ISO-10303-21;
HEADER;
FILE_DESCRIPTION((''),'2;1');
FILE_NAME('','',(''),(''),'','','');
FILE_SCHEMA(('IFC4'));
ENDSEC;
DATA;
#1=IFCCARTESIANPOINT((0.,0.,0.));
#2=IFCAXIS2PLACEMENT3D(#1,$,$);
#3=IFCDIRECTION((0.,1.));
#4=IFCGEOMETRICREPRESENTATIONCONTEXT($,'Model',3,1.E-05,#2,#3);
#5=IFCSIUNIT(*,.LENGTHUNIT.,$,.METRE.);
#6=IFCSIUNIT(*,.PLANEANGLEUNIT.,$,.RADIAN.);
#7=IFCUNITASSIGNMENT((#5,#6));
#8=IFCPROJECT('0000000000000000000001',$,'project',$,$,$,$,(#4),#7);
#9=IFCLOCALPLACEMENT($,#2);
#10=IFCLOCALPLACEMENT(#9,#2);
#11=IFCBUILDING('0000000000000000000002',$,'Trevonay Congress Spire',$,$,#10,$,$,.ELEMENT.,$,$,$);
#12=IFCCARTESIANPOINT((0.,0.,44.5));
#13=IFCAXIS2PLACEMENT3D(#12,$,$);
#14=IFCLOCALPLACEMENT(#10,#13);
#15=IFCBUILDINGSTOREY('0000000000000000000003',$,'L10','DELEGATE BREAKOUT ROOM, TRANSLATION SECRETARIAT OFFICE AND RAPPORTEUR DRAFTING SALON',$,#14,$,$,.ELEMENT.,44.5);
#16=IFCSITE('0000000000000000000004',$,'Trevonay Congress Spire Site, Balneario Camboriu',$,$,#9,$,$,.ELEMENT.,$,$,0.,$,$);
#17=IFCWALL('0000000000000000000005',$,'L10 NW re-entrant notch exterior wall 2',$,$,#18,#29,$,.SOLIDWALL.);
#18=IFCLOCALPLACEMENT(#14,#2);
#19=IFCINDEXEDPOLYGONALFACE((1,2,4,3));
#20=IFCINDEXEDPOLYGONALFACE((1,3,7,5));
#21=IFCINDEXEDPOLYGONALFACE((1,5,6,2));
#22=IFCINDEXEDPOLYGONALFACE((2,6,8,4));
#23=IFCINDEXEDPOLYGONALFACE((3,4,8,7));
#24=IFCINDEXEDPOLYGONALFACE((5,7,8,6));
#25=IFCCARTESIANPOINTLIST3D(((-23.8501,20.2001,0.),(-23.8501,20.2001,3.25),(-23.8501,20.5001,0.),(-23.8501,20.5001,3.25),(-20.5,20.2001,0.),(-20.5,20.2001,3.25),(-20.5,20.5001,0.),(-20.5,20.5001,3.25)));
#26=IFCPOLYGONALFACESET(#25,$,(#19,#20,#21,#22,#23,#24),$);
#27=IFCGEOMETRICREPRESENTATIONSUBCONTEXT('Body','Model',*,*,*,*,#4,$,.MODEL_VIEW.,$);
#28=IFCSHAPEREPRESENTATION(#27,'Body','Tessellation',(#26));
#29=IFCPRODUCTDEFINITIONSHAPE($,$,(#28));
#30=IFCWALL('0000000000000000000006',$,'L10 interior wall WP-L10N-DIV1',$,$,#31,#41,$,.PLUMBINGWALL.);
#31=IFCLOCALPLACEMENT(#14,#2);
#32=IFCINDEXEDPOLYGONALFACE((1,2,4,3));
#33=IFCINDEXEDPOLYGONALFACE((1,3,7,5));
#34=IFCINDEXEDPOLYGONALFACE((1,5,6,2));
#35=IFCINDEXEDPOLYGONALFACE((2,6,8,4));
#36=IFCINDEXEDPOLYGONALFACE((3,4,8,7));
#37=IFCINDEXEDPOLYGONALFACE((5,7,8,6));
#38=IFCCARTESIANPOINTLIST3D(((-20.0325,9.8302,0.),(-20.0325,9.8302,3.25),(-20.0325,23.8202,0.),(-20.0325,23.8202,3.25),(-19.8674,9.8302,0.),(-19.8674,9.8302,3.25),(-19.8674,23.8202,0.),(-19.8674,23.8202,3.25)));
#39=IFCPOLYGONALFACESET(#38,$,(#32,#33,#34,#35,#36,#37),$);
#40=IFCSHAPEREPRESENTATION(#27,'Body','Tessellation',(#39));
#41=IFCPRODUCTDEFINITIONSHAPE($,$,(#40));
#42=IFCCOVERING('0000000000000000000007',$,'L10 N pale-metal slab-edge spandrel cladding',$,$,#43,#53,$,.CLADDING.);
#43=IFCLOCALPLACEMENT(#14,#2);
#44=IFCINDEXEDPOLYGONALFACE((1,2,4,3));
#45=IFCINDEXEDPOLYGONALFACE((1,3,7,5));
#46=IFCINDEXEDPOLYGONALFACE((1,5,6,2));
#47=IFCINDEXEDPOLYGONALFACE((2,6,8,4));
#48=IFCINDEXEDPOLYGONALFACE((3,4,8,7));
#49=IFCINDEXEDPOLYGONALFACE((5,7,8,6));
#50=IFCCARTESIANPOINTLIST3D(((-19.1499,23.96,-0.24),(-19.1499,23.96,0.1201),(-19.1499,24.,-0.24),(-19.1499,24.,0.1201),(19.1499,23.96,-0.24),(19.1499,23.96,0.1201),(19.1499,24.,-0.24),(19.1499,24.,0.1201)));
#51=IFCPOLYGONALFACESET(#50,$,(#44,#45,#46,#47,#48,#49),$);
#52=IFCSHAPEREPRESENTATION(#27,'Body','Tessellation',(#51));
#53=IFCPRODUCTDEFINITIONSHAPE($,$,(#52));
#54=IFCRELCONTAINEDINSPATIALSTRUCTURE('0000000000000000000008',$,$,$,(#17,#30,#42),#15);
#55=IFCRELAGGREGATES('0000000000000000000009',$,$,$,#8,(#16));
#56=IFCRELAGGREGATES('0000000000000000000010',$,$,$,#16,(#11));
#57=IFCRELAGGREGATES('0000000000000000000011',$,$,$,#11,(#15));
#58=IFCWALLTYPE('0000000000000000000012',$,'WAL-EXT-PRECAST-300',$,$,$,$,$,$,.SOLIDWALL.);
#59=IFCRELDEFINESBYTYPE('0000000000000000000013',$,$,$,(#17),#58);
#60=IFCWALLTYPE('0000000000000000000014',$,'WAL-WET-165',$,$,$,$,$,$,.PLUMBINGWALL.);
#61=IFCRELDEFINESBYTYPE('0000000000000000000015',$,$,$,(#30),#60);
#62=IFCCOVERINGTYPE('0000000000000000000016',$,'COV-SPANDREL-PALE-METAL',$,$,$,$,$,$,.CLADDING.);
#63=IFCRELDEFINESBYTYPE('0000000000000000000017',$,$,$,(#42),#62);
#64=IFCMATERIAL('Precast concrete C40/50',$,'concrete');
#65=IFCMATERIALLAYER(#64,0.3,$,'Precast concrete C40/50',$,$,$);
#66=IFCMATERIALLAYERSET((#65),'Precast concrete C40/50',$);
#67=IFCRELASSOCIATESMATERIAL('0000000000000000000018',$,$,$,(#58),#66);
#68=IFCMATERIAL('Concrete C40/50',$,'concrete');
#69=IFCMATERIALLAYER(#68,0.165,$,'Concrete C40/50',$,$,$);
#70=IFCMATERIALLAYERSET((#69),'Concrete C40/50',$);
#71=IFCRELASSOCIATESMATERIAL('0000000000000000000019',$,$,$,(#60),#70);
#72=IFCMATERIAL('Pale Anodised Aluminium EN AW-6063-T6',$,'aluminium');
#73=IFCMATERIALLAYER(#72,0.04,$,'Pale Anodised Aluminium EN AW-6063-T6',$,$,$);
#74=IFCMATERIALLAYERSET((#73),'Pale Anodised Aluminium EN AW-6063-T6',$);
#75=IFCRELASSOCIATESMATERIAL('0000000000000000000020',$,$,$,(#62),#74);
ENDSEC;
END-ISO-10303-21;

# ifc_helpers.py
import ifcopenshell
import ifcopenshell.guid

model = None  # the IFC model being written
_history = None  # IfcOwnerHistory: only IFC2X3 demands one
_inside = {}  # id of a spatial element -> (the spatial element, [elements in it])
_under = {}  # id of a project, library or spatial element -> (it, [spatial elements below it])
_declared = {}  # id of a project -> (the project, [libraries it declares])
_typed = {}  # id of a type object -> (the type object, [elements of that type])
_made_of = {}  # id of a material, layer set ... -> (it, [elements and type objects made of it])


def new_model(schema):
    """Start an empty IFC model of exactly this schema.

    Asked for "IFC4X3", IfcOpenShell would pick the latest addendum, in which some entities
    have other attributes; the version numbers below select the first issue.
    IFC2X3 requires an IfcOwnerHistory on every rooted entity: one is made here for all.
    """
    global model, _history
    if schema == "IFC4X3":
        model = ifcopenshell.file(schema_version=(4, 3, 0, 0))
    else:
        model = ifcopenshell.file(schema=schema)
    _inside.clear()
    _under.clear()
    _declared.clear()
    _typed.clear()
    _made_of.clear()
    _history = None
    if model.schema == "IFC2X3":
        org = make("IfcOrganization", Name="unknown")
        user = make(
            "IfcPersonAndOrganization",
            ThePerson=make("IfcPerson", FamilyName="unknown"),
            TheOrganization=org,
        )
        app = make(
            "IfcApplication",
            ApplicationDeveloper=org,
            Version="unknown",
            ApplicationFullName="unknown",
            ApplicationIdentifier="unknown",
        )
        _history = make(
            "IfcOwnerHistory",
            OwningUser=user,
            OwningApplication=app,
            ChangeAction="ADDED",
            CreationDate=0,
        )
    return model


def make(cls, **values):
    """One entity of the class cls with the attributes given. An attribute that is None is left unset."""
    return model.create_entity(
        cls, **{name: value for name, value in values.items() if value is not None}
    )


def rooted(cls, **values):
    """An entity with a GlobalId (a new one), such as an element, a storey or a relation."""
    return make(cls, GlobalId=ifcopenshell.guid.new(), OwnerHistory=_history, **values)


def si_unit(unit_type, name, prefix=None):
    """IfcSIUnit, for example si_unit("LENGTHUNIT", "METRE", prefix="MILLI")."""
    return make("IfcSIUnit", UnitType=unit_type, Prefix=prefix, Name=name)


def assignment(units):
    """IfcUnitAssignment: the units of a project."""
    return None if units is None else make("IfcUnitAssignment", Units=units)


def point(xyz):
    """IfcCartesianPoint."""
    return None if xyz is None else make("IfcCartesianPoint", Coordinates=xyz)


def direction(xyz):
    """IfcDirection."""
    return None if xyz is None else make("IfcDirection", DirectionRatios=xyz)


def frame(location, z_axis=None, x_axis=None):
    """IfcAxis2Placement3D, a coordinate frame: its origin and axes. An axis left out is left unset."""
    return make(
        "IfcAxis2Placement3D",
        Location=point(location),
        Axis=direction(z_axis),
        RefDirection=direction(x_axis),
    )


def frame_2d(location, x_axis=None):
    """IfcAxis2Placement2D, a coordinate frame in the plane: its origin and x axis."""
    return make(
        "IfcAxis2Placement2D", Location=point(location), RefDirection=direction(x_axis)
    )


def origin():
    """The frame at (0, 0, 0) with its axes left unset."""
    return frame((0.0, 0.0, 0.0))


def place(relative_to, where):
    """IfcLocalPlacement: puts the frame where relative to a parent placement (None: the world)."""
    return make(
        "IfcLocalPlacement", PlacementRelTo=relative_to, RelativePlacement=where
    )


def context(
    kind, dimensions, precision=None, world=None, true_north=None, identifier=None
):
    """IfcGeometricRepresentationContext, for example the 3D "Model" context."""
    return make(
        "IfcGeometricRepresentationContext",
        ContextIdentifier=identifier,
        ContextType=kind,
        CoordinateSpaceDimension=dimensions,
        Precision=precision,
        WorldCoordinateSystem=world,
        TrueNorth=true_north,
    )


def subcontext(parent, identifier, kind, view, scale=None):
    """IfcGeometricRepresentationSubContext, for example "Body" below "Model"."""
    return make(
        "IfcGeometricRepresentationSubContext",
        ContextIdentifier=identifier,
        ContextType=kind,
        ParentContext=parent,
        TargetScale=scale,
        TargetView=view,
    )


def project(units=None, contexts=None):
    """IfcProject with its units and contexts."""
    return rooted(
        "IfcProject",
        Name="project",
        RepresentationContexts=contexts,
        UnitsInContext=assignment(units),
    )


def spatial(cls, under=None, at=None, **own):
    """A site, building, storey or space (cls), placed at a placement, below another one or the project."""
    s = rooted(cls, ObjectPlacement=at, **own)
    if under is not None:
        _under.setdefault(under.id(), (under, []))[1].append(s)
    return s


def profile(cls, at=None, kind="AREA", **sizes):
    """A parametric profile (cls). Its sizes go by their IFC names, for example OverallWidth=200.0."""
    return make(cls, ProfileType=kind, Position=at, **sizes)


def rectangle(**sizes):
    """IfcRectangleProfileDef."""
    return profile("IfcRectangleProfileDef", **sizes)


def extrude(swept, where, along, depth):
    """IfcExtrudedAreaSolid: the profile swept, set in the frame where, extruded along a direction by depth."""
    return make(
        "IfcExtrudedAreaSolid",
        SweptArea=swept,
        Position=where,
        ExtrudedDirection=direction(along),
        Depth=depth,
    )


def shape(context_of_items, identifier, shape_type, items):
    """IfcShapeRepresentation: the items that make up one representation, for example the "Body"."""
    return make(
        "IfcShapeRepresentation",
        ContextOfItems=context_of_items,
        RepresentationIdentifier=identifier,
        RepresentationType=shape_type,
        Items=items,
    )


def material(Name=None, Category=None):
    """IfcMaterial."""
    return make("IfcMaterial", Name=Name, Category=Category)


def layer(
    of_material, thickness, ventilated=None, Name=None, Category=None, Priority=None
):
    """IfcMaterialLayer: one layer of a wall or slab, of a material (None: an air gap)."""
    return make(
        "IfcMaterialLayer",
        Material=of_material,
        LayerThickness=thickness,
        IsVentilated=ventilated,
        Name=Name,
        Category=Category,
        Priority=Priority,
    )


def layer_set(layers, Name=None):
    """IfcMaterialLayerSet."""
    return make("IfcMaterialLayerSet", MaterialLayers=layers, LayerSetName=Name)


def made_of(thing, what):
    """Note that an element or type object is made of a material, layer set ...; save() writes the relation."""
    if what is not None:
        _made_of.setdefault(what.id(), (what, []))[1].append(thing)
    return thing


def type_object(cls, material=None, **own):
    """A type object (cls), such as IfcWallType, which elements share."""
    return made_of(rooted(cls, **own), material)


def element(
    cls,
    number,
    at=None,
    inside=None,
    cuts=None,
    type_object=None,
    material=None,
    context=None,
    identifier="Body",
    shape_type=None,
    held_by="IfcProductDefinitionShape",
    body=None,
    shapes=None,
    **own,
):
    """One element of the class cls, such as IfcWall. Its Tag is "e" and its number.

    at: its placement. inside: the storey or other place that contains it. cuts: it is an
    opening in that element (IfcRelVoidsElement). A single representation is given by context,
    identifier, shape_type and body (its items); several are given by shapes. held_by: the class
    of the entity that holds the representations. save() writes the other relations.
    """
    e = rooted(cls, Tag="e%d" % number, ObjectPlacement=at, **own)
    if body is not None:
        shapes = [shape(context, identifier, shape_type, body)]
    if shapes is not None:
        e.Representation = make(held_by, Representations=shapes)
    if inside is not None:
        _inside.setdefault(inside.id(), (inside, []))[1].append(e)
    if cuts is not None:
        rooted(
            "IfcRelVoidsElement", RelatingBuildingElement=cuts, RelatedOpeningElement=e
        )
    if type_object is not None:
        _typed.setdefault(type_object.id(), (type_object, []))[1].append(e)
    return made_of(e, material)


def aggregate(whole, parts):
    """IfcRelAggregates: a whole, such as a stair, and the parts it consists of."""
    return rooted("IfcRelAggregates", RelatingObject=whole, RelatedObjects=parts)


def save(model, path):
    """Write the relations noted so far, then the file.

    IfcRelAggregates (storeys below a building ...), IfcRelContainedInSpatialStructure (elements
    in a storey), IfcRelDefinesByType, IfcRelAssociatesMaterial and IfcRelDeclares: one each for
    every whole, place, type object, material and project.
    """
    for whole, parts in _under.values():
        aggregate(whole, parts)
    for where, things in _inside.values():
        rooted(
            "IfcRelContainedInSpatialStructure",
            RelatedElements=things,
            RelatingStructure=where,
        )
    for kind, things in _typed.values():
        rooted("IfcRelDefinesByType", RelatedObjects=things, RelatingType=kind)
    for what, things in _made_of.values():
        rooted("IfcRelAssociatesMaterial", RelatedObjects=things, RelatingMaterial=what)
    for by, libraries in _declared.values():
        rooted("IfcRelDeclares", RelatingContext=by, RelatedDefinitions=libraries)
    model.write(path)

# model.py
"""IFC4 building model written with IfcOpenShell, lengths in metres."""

from ifc_helpers import new_model, si_unit, direction, frame, frame_2d, origin, place, context, subcontext, project, spatial, rectangle, extrude, material, layer, layer_set, type_object, element, save


model = new_model("IFC4")

# Units and contexts
model_context = context("Model", 3, precision=1e-05, world=origin(), true_north=direction((0.0, 1.0)))
body_context = subcontext(model_context, "Body", "Model", "MODEL_VIEW")
ifc_project = project(units=[si_unit("LENGTHUNIT", "METRE"), si_unit("PLANEANGLEUNIT", "RADIAN")], contexts=[model_context])

# Site, building, storey
site_placement = place(None, origin())
site = spatial("IfcSite", under=ifc_project, at=site_placement, Name="Trevonay Congress Spire Site, Balneario Camboriu", CompositionType="ELEMENT", RefElevation=0.0)
building_placement = place(site_placement, origin())
building = spatial("IfcBuilding", under=site, at=building_placement, Name="Trevonay Congress Spire", CompositionType="ELEMENT")
storey_placement = place(building_placement, frame((0.0, 0.0, 44.5)))
storey = spatial("IfcBuildingStorey", under=building, at=storey_placement, Name="L10", Description="DELEGATE BREAKOUT ROOM, TRANSLATION SECRETARIAT OFFICE AND RAPPORTEUR DRAFTING SALON", CompositionType="ELEMENT", Elevation=44.5)

# Shared definitions
ifc_material_1 = material(Name="Pale Anodised Aluminium EN AW-6063-T6", Category="aluminium")

# Shared definitions
ifc_material_2 = material(Name="Concrete C40/50", Category="concrete")

# Shared definitions
ifc_material_3 = material(Name="Precast concrete C40/50", Category="concrete")
ifc_layer_1 = layer(ifc_material_3, 0.3, Name="Precast concrete C40/50")
ifc_layer_set_1 = layer_set([ifc_layer_1], Name="Precast concrete C40/50")
wall_type_1 = type_object("IfcWallType", Name="WAL-EXT-PRECAST-300", PredefinedType="SOLIDWALL", material=ifc_layer_set_1)

# Walls
wall_1_placement = place(storey_placement, frame((-23.8501, 20.3501, 0.0), z_axis=(0.0, 0.0, 1.0), x_axis=(1.0, 0.0, 0.0)))
element("IfcWall", 1, at=wall_1_placement, inside=storey, type_object=wall_type_1, Name="L10 NW re-entrant notch exterior wall 2", PredefinedType="SOLIDWALL", context=body_context, shape_type="SweptSolid", body=[
    extrude(rectangle(XDim=3.3501, YDim=0.3, at=frame_2d((1.675, 0.0))), origin(), (0.0, 0.0, 1.0), 3.25),
])
ifc_layer_2 = layer(ifc_material_2, 0.165, Name="Concrete C40/50")
ifc_layer_set_2 = layer_set([ifc_layer_2], Name="Concrete C40/50")
wall_type_2 = type_object("IfcWallType", Name="WAL-WET-165", PredefinedType="PLUMBINGWALL", material=ifc_layer_set_2)
wall_2_placement = place(storey_placement, frame((-19.95, 9.8301, 0.0), z_axis=(0.0, 0.0, 1.0), x_axis=(0.0, 1.0, 0.0)))
element("IfcWall", 2, at=wall_2_placement, inside=storey, type_object=wall_type_2, Name="L10 interior wall WP-L10N-DIV1", PredefinedType="PLUMBINGWALL", context=body_context, shape_type="SweptSolid", body=[
    extrude(rectangle(XDim=13.99, YDim=0.165, at=frame_2d((6.9951, 0.0))), origin(), (0.0, 0.0, 1.0), 3.25),
])

# Covering
ifc_layer_3 = layer(ifc_material_1, 0.04, Name="Pale Anodised Aluminium EN AW-6063-T6")
ifc_layer_set_3 = layer_set([ifc_layer_3], Name="Pale Anodised Aluminium EN AW-6063-T6")
covering_type = type_object("IfcCoveringType", Name="COV-SPANDREL-PALE-METAL", PredefinedType="CLADDING", material=ifc_layer_set_3)
covering_placement = place(storey_placement, frame((-19.1499, 23.98, -0.24), z_axis=(0.0, 0.0, 1.0), x_axis=(1.0, 0.0, 0.0)))
element("IfcCovering", 3, at=covering_placement, inside=storey, type_object=covering_type, Name="L10 N pale-metal slab-edge spandrel cladding", PredefinedType="CLADDING", context=body_context, shape_type="SweptSolid", body=[
    extrude(rectangle(XDim=38.2998, YDim=0.04, at=frame_2d((19.1499, 0.0))), origin(), (0.0, 0.0, 1.0), 0.3601),
])

save(model, "model.ifc")
